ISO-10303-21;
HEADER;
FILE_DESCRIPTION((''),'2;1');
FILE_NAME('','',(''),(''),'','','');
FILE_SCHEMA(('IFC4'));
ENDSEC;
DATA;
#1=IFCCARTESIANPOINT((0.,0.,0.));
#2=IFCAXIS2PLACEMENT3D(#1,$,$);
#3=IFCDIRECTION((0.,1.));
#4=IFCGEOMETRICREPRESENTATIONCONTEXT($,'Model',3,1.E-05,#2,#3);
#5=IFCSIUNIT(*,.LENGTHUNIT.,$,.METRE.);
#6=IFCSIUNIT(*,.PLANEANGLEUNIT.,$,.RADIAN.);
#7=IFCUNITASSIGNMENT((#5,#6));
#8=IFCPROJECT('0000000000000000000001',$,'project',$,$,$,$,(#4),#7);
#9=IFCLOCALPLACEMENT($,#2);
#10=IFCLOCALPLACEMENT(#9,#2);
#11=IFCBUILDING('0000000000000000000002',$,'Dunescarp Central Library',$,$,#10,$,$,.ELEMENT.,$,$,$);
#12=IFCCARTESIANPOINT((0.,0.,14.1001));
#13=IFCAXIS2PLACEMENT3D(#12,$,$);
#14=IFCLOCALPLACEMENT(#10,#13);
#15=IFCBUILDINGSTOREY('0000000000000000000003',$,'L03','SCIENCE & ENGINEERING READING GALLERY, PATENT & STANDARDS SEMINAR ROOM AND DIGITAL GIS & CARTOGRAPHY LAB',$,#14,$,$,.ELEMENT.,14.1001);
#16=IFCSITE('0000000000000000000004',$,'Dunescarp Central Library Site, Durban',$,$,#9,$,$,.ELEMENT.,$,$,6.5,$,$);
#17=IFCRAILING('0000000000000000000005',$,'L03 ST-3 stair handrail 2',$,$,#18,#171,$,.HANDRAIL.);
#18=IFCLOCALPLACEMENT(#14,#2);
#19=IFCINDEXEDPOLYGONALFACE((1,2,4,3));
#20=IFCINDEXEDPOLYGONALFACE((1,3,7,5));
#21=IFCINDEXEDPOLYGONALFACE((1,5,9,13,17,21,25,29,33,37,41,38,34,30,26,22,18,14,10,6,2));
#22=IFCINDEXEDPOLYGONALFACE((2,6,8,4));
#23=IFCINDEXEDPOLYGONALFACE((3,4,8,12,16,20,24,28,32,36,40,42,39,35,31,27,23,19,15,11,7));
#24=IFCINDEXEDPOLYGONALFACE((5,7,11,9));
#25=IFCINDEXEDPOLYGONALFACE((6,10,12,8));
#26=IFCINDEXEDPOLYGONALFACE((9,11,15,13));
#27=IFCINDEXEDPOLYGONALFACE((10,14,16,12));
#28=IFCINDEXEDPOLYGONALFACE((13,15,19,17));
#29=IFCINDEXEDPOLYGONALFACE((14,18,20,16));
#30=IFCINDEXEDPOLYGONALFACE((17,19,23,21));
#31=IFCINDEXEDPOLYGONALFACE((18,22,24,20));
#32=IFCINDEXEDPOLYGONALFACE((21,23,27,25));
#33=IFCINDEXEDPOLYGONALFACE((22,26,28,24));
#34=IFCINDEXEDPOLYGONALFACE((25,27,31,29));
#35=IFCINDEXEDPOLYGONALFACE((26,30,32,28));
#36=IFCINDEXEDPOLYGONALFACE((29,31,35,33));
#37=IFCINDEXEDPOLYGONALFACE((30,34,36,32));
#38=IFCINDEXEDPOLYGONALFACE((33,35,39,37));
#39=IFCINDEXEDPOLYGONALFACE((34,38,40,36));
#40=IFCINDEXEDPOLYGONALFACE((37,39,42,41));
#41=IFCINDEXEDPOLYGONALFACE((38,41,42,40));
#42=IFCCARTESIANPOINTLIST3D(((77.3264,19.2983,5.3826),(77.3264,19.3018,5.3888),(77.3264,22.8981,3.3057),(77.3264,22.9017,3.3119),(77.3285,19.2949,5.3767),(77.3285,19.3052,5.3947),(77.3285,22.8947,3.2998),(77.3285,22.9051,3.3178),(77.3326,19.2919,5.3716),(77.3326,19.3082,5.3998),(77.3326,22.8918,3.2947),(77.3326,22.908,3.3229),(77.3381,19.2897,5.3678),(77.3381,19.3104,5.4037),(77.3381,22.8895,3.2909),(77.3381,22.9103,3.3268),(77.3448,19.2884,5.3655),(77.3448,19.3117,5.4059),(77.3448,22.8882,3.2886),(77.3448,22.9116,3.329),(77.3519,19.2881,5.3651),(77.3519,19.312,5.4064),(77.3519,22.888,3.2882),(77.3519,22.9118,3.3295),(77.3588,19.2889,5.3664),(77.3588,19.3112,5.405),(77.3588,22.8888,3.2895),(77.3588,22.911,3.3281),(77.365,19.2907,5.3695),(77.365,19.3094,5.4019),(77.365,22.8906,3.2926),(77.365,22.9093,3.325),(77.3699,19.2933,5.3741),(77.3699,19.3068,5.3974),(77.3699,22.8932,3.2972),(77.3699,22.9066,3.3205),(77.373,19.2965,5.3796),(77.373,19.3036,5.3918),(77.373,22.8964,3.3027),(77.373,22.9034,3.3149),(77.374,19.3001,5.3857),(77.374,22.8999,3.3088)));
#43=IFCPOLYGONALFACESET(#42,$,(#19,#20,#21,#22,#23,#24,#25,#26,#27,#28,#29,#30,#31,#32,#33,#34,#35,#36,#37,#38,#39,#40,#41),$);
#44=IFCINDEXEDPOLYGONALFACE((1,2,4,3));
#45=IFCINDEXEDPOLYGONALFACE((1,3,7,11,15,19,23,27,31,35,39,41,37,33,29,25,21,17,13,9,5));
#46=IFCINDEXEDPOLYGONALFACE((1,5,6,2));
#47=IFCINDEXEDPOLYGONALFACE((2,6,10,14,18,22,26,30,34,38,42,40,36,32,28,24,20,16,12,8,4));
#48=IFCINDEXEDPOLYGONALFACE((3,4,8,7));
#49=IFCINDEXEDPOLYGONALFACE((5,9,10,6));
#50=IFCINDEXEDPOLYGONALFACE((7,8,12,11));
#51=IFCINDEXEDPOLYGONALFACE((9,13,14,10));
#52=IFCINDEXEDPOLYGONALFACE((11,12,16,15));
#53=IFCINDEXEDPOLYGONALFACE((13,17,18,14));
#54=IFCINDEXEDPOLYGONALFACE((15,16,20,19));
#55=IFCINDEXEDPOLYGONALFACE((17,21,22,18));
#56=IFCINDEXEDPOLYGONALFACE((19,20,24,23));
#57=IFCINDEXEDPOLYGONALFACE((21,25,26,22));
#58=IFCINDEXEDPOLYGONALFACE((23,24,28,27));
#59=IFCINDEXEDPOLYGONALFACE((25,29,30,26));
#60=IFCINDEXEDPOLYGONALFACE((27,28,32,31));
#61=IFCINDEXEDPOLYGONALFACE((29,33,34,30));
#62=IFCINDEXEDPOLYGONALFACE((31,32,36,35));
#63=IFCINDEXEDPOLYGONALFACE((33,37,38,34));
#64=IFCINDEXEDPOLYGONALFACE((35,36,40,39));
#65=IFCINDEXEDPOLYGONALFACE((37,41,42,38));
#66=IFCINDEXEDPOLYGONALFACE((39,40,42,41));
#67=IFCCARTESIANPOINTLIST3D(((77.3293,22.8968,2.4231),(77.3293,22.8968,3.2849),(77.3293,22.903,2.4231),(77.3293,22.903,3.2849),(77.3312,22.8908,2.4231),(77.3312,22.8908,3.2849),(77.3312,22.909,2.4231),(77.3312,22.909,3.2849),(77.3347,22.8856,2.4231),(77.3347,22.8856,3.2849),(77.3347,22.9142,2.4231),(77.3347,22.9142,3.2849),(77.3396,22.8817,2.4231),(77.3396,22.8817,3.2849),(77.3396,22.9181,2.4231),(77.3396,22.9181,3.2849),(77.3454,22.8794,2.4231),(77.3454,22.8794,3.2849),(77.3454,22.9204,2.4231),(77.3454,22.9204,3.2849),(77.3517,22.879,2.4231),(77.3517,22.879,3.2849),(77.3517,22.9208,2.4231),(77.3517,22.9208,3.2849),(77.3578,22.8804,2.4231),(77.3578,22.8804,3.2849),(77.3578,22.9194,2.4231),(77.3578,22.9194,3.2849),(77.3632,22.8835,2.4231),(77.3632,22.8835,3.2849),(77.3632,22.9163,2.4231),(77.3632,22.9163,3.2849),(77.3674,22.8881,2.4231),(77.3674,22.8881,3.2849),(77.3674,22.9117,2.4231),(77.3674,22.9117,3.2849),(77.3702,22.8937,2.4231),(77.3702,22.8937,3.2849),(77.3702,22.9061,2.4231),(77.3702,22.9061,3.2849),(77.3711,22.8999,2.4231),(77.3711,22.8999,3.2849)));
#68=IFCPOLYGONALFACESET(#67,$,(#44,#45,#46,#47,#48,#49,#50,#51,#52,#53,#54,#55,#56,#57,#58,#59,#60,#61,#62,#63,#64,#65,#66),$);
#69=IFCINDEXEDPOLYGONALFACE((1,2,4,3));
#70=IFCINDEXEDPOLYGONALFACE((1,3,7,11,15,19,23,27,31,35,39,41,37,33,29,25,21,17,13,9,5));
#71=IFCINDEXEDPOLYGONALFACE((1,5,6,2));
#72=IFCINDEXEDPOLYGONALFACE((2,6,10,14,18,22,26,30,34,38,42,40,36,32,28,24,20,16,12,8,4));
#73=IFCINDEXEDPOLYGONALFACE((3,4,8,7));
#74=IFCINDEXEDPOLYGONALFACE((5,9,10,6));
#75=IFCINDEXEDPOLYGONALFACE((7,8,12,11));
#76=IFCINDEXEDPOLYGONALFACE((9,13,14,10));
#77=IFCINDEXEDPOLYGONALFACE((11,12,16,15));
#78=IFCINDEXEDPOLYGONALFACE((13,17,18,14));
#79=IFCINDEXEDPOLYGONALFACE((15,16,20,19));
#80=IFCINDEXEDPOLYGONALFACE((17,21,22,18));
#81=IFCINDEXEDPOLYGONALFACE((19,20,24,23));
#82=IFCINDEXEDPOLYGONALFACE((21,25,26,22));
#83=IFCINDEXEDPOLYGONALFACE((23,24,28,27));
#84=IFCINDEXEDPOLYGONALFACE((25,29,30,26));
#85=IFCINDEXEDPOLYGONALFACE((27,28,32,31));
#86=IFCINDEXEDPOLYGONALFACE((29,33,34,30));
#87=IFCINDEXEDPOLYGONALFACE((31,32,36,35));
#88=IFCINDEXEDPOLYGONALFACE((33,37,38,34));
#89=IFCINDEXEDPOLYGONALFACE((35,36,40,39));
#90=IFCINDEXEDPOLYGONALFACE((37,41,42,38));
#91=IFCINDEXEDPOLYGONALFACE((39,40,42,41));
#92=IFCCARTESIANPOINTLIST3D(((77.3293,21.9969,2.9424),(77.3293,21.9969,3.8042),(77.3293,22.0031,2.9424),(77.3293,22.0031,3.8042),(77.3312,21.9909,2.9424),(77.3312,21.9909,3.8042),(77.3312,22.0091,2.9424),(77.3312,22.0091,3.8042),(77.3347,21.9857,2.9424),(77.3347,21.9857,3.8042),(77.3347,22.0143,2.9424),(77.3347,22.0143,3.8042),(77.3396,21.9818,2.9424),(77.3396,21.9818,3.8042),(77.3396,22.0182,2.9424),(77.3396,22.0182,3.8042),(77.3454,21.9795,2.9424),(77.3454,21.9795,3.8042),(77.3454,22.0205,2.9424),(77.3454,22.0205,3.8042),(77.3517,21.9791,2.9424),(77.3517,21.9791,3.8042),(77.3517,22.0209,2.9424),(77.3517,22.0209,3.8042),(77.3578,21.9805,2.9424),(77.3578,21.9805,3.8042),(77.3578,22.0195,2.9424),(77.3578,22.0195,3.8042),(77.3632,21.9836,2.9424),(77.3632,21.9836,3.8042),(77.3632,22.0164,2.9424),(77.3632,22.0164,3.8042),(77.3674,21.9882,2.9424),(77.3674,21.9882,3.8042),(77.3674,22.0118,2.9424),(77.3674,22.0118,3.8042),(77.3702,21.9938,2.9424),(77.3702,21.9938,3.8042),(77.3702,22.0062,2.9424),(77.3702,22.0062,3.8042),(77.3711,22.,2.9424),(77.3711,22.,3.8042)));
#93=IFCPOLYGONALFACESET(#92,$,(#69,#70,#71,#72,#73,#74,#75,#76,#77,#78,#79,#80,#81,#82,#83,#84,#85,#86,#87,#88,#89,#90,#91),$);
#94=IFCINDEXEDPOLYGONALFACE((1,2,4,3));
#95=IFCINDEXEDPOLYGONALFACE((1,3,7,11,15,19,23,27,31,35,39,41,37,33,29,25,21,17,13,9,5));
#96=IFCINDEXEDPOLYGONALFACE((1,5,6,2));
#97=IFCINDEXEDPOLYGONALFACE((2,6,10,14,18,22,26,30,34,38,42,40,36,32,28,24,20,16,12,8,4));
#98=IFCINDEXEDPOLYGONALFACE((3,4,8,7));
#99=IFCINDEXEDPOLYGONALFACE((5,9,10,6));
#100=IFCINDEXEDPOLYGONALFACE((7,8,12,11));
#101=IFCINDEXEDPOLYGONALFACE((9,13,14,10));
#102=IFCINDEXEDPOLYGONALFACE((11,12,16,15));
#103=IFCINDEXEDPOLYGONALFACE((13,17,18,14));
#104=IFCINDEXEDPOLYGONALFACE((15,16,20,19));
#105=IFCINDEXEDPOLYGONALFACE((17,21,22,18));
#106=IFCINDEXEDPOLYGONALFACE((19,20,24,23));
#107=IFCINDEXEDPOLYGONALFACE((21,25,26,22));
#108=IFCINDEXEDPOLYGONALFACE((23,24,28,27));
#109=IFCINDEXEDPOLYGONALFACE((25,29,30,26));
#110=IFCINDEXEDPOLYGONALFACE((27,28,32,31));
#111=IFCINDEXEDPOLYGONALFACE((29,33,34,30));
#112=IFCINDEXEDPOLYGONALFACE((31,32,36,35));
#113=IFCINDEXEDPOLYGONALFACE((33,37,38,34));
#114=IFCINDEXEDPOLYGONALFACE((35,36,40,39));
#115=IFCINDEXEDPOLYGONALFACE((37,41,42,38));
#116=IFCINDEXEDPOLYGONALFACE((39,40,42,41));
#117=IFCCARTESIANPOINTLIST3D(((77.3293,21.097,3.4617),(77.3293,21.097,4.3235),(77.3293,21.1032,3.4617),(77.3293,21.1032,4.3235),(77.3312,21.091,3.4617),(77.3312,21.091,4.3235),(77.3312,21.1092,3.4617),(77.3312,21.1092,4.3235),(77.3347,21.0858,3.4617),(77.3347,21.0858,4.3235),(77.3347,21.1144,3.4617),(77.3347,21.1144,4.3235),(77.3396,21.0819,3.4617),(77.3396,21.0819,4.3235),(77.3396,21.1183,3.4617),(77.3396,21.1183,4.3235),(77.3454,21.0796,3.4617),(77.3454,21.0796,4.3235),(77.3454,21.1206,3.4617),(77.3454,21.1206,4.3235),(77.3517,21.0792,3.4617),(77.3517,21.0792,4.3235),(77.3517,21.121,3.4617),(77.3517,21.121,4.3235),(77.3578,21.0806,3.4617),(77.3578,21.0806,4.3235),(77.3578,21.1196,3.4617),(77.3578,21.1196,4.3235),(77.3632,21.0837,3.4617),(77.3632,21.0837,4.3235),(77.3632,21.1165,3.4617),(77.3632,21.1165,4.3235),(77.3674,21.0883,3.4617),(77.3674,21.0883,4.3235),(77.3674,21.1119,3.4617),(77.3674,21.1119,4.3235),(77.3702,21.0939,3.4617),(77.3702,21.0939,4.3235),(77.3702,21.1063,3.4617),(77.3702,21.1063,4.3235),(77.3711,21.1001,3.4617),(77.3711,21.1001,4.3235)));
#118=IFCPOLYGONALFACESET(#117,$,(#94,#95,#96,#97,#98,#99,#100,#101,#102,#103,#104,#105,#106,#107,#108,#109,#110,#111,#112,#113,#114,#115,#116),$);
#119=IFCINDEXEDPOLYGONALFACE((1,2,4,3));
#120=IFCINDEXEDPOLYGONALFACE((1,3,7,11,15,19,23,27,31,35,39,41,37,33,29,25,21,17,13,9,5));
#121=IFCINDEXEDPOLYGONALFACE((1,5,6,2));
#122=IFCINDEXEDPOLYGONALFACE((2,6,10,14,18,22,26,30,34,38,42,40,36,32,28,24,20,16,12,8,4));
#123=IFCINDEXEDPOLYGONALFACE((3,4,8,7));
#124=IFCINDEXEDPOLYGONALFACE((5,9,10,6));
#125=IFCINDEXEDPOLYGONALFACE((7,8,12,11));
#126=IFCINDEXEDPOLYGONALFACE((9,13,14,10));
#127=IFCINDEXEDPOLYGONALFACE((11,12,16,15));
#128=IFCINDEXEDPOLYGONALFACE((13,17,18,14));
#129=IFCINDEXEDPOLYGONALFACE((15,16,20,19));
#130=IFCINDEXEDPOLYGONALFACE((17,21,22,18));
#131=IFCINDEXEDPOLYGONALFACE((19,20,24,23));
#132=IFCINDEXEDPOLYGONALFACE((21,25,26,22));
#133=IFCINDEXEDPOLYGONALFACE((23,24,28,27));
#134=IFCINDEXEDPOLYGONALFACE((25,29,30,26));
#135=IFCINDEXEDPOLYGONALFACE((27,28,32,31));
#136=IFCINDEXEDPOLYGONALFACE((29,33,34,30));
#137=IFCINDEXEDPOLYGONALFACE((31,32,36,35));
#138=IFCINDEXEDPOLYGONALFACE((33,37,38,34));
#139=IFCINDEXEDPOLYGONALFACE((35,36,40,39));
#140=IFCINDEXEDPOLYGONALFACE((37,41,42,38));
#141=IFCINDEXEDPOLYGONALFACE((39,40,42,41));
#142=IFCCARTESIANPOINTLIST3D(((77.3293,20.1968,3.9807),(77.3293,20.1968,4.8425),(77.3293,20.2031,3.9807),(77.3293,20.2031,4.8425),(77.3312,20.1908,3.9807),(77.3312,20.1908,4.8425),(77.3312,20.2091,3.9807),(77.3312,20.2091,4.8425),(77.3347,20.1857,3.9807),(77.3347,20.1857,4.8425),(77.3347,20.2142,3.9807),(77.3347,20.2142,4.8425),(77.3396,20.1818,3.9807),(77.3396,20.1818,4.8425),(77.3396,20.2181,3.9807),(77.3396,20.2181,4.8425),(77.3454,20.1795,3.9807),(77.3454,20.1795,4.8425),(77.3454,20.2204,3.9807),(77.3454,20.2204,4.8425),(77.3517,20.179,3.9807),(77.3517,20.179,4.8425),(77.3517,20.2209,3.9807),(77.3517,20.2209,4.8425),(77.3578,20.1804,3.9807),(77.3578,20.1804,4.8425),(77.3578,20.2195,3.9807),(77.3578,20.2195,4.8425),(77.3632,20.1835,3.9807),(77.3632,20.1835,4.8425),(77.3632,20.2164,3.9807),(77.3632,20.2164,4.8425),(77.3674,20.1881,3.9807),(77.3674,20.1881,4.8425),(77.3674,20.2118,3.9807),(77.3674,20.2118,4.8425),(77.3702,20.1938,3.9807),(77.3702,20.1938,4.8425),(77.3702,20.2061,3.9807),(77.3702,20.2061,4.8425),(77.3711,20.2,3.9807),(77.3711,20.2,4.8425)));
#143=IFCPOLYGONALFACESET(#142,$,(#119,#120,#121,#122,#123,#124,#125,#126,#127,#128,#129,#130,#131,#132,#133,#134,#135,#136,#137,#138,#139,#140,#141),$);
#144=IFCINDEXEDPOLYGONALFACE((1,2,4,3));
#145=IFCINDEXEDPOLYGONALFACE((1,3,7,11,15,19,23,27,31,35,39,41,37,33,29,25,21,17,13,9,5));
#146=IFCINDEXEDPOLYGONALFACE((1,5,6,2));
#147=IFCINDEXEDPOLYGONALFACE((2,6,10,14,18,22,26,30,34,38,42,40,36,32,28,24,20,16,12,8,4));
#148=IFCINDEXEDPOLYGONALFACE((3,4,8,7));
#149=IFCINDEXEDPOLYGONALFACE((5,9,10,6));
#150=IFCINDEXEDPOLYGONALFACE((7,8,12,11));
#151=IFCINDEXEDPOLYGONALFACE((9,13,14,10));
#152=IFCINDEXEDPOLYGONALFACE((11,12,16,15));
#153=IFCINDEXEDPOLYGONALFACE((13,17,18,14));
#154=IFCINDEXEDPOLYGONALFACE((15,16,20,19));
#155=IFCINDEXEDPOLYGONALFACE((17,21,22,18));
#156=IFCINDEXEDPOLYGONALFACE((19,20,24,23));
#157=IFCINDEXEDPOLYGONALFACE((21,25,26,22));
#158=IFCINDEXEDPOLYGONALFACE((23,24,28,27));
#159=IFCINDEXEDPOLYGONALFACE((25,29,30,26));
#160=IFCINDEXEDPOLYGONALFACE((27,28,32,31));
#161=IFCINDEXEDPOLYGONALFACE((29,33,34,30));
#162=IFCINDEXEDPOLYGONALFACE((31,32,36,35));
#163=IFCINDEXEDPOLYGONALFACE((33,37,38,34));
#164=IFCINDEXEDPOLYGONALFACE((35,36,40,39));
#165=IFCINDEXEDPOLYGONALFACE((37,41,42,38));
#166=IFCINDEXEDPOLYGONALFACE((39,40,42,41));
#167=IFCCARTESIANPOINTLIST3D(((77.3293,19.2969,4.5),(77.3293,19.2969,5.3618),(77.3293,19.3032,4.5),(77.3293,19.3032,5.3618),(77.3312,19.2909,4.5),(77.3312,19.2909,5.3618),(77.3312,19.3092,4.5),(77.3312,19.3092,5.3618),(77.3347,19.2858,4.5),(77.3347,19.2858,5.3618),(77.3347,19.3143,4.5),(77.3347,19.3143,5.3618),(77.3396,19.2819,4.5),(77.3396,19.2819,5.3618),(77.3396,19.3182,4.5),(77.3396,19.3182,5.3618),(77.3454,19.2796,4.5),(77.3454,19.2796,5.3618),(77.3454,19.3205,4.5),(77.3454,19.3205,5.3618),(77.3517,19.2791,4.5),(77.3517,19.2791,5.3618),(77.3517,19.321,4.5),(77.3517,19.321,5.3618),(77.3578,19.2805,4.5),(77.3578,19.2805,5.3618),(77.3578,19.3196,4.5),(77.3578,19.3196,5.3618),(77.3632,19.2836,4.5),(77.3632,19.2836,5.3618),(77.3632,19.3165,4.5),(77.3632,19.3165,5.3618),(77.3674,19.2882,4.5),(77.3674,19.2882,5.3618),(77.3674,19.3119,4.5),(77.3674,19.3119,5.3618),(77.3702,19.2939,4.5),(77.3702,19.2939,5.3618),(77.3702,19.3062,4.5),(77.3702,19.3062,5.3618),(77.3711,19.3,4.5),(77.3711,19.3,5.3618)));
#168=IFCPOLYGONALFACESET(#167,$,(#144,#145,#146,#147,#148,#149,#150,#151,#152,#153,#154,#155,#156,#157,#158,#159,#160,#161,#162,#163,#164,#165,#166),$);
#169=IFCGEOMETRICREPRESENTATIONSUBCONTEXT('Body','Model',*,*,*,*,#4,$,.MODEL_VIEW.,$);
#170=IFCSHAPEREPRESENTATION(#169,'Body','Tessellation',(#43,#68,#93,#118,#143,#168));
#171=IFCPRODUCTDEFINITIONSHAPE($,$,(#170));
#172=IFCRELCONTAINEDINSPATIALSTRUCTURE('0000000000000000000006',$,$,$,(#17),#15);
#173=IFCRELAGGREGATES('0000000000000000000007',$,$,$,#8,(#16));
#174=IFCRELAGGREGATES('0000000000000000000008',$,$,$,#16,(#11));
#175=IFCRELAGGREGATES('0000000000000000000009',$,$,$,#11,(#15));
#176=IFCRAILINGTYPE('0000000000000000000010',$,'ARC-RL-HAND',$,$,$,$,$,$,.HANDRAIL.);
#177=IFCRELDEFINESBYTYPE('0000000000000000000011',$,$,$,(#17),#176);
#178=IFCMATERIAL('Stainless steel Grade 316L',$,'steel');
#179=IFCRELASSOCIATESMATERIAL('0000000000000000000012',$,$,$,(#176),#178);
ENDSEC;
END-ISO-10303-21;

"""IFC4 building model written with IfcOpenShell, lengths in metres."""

from ifc_helpers import new_model, si_unit, direction, frame, origin, origin_2d, place, context, subcontext, project, spatial, circle, extrude, material, type_object, element, save


model = new_model("IFC4")

# Units and contexts
model_context = context("Model", 3, precision=1e-05, world=origin(), true_north=direction((0.0, 1.0)))
body_context = subcontext(model_context, "Body", "Model", "MODEL_VIEW")
ifc_project = project(units=[si_unit("LENGTHUNIT", "METRE"), si_unit("PLANEANGLEUNIT", "RADIAN")], contexts=[model_context])

# Site, building, storey
site_placement = place(None, origin())
site = spatial("IfcSite", under=ifc_project, at=site_placement, Name="Dunescarp Central Library Site, Durban", CompositionType="ELEMENT", RefElevation=6.5)
building_placement = place(site_placement, origin())
building = spatial("IfcBuilding", under=site, at=building_placement, Name="Dunescarp Central Library", CompositionType="ELEMENT")
storey_placement = place(building_placement, frame((0.0, 0.0, 14.1001)))
storey = spatial("IfcBuildingStorey", under=building, at=storey_placement, Name="L03", Description="SCIENCE & ENGINEERING READING GALLERY, PATENT & STANDARDS SEMINAR ROOM AND DIGITAL GIS & CARTOGRAPHY LAB", CompositionType="ELEMENT", Elevation=14.1001)

# Railing
ifc_material_1 = material(Name="Stainless steel Grade 316L", Category="steel")
railing_type_1 = type_object("IfcRailingType", Name="ARC-RL-HAND", PredefinedType="HANDRAIL", material=ifc_material_1)
railing_1_placement = place(storey_placement, frame((77.3501, 22.8999, 2.4231)))
element("IfcRailing", 1, at=railing_1_placement, inside=storey, type_object=railing_type_1, Name="L03 ST-3 stair handrail 2", PredefinedType="HANDRAIL", context=body_context, shape_type="SweptSolid", body=[
    extrude(circle(Radius=0.0239, at=origin_2d()), frame((0.0, 0.0, 0.8857), z_axis=(0.0, -0.866179, 0.499734), x_axis=(1.0, 0.0, 0.0)), (0.0, 0.0, 1.0), 4.156),
    extrude(circle(Radius=0.021, at=origin_2d()), origin(), (0.0, 0.0, 1.0), 0.8618),
    extrude(circle(Radius=0.021, at=origin_2d()), frame((0.0, -0.8999, 0.5193)), (0.0, 0.0, 1.0), 0.8618),
    extrude(circle(Radius=0.021, at=origin_2d()), frame((0.0, -1.7998, 1.0386)), (0.0, 0.0, 1.0), 0.8618),
    extrude(circle(Radius=0.021, at=origin_2d()), frame((0.0, -2.7, 1.5576)), (0.0, 0.0, 1.0), 0.8618),
    extrude(circle(Radius=0.021, at=origin_2d()), frame((0.0, -3.5999, 2.0769)), (0.0, 0.0, 1.0), 0.8618),
])

save(model, "model.ifc")
